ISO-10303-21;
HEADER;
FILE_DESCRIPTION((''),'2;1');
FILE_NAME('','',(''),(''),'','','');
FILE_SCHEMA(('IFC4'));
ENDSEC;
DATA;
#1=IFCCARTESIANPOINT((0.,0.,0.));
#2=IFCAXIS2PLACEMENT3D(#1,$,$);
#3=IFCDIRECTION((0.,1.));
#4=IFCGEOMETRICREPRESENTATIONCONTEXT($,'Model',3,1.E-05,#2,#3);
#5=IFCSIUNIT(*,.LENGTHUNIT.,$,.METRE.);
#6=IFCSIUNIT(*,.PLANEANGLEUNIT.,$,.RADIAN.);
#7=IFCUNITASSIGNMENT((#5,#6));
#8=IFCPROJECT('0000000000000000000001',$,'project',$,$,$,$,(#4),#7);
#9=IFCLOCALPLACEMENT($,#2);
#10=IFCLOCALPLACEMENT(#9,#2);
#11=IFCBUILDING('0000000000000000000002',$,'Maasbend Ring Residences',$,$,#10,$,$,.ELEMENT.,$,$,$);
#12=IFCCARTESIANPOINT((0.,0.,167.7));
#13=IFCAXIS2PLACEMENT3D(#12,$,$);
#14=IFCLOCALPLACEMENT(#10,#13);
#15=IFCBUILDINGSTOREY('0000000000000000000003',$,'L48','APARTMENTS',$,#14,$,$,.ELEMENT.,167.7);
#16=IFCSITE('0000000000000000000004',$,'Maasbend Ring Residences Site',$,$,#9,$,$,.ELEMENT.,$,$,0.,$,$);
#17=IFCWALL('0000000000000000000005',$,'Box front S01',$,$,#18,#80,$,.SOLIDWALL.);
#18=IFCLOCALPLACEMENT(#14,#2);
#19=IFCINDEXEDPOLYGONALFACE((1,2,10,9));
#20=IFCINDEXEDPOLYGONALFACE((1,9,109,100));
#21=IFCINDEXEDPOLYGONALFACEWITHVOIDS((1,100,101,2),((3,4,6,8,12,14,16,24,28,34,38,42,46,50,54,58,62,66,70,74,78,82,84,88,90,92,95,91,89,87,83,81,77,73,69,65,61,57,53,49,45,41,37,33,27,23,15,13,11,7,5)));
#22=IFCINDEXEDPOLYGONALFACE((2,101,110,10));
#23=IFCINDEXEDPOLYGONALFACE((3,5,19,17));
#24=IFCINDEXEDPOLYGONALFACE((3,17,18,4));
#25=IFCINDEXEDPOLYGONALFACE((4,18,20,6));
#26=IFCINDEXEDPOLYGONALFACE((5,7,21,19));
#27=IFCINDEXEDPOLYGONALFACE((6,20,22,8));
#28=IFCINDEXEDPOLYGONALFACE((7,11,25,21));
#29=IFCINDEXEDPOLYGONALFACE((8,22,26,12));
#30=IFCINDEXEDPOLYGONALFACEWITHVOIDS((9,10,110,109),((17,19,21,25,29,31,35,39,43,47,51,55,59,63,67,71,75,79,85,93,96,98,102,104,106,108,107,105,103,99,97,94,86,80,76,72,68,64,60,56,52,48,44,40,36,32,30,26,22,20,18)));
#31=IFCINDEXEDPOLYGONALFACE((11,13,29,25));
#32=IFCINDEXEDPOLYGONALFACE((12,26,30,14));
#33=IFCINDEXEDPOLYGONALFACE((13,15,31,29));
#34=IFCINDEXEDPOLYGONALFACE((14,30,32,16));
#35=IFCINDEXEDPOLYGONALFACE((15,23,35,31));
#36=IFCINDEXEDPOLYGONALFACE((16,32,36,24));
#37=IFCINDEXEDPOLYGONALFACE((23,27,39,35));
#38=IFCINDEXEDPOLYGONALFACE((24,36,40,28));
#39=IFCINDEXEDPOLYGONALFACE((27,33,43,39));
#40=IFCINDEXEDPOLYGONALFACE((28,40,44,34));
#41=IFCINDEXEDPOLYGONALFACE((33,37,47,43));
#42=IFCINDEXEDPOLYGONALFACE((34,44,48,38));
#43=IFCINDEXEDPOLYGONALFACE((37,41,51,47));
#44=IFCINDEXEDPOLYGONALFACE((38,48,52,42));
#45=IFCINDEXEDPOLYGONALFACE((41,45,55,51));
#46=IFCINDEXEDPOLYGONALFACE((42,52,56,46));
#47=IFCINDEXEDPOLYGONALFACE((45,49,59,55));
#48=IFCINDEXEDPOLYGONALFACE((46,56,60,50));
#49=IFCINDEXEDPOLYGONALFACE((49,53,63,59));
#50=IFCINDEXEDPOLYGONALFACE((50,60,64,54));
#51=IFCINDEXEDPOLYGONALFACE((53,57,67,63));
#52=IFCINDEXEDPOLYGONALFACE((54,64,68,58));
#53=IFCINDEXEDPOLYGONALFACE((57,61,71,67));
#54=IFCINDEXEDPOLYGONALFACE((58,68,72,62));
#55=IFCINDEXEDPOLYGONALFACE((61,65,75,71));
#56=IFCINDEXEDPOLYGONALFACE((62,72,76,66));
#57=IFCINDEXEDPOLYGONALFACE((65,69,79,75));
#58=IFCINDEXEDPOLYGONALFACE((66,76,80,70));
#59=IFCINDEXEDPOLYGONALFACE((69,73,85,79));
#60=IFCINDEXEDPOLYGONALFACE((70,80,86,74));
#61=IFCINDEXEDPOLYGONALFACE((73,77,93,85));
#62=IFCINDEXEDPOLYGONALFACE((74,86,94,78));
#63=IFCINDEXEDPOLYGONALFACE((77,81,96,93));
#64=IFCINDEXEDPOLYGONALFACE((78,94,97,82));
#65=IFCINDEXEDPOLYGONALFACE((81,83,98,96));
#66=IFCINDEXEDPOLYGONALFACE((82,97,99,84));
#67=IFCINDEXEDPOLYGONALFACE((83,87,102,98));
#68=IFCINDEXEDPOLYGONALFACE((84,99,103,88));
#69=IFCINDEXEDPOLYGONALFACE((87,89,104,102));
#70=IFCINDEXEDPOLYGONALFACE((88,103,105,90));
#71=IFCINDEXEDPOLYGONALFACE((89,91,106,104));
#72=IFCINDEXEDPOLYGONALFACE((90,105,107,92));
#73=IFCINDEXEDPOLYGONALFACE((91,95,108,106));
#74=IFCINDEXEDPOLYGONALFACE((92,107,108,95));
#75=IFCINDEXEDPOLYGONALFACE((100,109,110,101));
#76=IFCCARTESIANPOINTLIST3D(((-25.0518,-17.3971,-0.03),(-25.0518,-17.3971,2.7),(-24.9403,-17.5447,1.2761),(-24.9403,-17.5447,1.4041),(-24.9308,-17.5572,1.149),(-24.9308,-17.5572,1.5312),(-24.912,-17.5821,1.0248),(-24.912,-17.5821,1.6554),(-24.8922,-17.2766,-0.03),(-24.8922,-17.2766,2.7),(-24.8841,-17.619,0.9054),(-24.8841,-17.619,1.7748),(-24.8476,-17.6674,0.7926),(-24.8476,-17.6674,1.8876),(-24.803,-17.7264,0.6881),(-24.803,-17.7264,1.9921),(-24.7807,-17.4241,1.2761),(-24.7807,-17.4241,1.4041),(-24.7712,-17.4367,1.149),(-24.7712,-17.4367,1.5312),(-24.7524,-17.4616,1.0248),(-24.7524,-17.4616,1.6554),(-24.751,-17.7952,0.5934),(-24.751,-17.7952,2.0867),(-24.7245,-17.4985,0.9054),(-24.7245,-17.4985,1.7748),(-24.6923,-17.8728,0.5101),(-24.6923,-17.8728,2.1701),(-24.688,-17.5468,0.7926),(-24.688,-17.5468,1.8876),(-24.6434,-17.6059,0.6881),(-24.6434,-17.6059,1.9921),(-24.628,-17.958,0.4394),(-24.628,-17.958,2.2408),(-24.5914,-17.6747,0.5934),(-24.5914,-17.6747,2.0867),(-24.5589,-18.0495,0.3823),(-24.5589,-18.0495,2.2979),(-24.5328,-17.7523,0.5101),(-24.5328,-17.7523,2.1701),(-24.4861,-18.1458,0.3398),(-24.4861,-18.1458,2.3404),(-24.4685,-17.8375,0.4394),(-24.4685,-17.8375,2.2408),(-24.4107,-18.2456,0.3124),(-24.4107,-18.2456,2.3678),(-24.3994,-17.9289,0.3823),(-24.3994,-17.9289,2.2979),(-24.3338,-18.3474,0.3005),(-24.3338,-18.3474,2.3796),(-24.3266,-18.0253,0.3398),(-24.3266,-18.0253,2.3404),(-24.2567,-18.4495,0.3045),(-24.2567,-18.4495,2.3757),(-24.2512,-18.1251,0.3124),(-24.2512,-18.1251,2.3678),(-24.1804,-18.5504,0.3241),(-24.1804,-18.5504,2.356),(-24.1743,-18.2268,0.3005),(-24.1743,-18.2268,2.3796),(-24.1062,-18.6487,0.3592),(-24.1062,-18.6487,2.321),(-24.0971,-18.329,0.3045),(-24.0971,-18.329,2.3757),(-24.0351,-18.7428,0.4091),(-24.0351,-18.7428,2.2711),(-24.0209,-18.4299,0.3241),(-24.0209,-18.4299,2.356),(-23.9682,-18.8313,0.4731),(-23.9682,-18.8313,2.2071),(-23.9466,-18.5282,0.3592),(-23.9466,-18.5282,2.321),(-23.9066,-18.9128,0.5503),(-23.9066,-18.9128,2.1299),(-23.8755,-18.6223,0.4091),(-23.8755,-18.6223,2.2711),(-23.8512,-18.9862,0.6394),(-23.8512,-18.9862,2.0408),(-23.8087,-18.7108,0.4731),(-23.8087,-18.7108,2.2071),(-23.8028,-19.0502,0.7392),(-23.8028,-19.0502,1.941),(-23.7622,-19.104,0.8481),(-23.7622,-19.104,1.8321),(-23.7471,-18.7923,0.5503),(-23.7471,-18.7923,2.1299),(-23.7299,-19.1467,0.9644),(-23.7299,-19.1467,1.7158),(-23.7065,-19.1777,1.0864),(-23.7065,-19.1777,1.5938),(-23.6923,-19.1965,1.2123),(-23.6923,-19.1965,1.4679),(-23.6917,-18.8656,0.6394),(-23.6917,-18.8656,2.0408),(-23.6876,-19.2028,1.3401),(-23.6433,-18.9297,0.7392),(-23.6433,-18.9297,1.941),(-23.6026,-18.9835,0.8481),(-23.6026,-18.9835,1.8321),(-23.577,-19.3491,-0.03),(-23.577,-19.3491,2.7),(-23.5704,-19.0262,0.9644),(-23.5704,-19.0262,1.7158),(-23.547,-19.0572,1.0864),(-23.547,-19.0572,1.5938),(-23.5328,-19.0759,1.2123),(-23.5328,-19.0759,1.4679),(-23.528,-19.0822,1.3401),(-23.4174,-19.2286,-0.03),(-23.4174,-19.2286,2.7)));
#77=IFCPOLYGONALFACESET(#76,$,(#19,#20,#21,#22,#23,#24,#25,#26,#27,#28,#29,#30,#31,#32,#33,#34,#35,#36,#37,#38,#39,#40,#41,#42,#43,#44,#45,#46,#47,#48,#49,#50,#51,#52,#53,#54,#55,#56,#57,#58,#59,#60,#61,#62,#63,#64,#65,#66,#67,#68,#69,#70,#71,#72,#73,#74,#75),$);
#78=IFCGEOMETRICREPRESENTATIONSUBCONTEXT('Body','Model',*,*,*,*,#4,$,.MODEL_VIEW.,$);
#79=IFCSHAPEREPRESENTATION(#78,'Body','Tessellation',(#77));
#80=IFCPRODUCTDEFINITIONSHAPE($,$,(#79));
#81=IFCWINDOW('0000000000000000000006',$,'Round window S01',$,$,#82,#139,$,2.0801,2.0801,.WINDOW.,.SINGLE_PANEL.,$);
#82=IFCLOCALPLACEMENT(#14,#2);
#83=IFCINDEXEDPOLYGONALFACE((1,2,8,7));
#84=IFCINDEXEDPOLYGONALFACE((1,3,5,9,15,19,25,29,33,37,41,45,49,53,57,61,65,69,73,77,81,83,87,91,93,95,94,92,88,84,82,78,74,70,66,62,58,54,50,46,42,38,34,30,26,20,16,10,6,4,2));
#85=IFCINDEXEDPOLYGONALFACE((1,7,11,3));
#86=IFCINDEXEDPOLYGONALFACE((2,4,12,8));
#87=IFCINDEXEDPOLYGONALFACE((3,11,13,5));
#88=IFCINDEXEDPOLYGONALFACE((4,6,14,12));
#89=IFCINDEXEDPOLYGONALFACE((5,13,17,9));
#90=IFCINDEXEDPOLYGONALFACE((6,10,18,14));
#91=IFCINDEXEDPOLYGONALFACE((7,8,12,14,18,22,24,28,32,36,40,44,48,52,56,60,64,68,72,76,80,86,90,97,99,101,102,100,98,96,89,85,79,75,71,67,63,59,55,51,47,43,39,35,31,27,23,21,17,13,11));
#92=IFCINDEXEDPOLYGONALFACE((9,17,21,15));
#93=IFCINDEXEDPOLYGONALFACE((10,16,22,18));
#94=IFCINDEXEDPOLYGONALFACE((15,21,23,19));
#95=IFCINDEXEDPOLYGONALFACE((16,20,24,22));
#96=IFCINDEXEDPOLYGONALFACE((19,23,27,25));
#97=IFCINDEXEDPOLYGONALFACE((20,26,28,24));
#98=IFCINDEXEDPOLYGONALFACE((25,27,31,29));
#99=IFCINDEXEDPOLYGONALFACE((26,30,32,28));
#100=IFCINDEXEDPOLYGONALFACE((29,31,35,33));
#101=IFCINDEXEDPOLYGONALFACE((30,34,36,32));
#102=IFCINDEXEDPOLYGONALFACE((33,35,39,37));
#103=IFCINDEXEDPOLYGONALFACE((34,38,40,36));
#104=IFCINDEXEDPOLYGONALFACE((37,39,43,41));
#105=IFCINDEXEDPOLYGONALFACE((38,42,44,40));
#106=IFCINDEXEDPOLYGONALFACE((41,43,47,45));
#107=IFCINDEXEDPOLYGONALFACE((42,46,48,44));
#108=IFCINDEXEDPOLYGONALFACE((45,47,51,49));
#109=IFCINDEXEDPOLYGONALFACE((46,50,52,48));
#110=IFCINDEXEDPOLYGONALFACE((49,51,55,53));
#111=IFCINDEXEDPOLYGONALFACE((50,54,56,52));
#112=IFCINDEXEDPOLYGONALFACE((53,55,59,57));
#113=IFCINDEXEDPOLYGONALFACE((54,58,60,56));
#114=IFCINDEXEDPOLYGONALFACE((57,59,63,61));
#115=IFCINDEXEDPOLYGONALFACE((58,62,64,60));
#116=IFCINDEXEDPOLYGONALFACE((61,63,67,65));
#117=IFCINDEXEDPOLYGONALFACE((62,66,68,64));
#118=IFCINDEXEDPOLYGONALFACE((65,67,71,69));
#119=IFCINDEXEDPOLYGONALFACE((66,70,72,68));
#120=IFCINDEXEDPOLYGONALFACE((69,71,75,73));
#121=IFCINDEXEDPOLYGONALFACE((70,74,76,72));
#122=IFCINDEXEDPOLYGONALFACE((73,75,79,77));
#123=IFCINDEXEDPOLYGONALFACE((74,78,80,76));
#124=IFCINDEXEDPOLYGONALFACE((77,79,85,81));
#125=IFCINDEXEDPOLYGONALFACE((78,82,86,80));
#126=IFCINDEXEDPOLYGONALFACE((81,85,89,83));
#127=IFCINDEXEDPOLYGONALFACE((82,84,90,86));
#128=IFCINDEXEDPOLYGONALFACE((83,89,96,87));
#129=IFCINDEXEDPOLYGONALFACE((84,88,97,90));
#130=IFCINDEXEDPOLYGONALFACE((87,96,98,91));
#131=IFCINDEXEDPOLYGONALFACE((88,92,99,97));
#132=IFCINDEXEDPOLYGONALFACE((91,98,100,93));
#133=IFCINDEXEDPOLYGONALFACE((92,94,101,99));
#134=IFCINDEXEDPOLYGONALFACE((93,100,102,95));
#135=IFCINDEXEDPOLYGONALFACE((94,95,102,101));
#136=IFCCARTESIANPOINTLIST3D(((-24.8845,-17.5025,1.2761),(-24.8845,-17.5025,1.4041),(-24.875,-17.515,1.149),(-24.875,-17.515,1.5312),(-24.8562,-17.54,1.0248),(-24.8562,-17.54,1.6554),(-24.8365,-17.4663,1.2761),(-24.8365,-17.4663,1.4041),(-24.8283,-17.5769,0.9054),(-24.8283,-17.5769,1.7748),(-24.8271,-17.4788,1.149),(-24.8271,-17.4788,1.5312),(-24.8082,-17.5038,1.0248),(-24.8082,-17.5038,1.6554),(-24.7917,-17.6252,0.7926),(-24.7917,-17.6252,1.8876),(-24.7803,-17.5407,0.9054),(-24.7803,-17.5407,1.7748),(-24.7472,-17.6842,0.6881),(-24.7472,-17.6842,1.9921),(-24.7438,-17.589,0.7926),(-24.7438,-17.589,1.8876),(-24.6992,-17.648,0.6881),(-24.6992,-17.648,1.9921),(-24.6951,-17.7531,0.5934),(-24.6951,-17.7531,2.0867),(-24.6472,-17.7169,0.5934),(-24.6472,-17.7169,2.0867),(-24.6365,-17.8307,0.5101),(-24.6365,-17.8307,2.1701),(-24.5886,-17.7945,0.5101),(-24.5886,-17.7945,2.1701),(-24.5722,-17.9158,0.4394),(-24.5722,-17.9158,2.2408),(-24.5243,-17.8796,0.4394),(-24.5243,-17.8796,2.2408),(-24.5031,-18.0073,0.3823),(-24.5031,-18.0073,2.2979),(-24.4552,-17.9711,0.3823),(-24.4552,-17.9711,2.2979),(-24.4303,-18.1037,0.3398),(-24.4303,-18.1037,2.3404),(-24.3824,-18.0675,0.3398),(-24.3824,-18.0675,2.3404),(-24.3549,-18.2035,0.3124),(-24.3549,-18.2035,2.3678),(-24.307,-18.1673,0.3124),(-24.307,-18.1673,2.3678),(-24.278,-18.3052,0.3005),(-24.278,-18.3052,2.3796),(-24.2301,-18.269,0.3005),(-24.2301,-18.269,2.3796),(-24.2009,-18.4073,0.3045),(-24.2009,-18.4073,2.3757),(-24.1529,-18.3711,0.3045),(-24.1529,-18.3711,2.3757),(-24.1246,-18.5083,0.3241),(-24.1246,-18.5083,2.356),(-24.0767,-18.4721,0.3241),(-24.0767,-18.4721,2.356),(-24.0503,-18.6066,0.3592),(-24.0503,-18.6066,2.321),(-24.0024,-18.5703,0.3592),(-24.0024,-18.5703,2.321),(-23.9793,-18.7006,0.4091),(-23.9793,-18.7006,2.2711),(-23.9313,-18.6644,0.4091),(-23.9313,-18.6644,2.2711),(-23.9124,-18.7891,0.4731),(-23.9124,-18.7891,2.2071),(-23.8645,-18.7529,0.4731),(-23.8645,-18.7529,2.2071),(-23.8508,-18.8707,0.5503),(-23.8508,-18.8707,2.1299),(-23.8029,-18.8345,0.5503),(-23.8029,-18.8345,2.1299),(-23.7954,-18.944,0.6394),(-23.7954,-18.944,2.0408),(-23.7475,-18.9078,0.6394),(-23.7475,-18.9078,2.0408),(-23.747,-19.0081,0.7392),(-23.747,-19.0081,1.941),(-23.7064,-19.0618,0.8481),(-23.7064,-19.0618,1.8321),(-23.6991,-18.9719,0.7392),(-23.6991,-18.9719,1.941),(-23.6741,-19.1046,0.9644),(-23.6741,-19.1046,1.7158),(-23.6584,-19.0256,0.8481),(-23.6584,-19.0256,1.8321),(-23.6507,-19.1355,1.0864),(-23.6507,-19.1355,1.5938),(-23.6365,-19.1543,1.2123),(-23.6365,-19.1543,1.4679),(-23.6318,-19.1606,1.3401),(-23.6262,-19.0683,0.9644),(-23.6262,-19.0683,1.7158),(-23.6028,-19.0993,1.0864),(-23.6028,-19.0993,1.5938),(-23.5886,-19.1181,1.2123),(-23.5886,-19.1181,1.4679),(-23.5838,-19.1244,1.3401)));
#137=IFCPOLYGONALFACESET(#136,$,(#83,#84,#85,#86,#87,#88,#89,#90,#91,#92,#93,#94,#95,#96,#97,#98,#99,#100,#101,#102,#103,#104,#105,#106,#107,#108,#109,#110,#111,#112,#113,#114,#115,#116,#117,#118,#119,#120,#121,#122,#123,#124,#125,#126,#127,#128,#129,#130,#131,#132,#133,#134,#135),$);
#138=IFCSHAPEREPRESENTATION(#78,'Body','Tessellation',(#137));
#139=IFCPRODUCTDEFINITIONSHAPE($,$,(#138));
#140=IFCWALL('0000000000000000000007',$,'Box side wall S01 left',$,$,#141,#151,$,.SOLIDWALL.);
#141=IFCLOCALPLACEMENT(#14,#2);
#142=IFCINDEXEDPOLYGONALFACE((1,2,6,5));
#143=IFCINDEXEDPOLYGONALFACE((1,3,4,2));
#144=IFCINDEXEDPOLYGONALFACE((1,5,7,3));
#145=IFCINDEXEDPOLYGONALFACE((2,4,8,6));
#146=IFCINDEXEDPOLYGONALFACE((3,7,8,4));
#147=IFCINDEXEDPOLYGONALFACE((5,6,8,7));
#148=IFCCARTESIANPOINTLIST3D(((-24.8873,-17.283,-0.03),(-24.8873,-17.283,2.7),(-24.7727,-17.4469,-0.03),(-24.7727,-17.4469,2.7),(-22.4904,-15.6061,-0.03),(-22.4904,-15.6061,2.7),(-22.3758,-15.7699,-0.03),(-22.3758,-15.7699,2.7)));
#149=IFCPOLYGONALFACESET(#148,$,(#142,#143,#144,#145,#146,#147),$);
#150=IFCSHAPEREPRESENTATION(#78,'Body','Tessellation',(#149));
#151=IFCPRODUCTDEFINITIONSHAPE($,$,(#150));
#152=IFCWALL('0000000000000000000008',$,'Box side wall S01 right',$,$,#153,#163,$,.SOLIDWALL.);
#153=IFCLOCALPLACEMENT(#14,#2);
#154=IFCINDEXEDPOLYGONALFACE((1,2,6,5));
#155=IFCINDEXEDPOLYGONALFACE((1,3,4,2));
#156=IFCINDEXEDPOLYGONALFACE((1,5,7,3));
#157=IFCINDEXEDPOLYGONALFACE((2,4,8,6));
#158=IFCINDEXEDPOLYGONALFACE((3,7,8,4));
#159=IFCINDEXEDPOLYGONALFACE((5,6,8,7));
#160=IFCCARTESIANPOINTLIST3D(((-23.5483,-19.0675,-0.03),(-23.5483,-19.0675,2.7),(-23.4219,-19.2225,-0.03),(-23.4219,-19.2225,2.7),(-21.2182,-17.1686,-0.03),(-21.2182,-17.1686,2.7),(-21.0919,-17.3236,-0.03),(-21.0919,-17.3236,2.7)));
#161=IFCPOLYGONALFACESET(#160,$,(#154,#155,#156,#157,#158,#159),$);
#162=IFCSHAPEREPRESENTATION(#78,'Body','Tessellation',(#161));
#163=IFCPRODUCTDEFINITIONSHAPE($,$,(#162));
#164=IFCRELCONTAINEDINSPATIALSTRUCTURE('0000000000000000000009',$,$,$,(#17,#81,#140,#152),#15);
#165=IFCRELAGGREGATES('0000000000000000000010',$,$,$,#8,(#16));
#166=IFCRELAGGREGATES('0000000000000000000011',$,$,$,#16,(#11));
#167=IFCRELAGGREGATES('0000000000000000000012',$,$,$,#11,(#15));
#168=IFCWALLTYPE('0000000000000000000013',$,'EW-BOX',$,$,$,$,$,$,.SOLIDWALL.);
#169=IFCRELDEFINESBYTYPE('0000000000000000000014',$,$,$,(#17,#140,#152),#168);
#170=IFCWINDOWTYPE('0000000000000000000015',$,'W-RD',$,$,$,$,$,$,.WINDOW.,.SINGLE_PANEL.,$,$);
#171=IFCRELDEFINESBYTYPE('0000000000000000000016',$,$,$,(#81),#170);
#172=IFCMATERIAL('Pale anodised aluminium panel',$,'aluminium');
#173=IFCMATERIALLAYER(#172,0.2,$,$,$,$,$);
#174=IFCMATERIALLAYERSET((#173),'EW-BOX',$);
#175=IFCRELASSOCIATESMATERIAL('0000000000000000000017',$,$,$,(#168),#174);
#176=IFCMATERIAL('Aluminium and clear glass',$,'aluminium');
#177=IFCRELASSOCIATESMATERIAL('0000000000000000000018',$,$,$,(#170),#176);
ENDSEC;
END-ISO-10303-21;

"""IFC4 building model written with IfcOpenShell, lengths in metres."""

from ifc_helpers import new_model, si_unit, direction, frame, frame_2d, origin, place, context, subcontext, project, spatial, rectangle, circle, extrude, material, layer, layer_set, type_object, element, fill, save


model = new_model("IFC4")

# Units and contexts
model_context = context("Model", 3, precision=1e-05, world=origin(), true_north=direction((0.0, 1.0)))
body_context = subcontext(model_context, "Body", "Model", "MODEL_VIEW")
ifc_project = project(units=[si_unit("LENGTHUNIT", "METRE"), si_unit("PLANEANGLEUNIT", "RADIAN")], contexts=[model_context])

# Site, building, storey
site_placement = place(None, origin())
site = spatial("IfcSite", under=ifc_project, at=site_placement, Name="Maasbend Ring Residences Site", CompositionType="ELEMENT", RefElevation=0.0)
building_placement = place(site_placement, origin())
building = spatial("IfcBuilding", under=site, at=building_placement, Name="Maasbend Ring Residences", CompositionType="ELEMENT")
storey_placement = place(building_placement, frame((0.0, 0.0, 167.7)))
storey = spatial("IfcBuildingStorey", under=building, at=storey_placement, Name="L48", Description="APARTMENTS", CompositionType="ELEMENT", Elevation=167.7)

# Wall, opening, window
ifc_material_1 = material(Name="Pale anodised aluminium panel", Category="aluminium")
ifc_layer_1 = layer(ifc_material_1, 0.2)
ifc_layer_set_1 = layer_set([ifc_layer_1], Name="EW-BOX")
wall_type_1 = type_object("IfcWallType", Name="EW-BOX", PredefinedType="SOLIDWALL", material=ifc_layer_set_1)
wall_1_placement = place(storey_placement, frame((-24.9719, -17.3369, -0.03), z_axis=(0.0, 0.0, 1.0), x_axis=(0.602806, -0.797888, 0.0)))
wall_1 = element("IfcWall", 1, at=wall_1_placement, inside=storey, type_object=wall_type_1, Name="Box front S01", PredefinedType="SOLIDWALL", context=body_context, shape_type="SweptSolid", body=[
    extrude(rectangle(XDim=2.4465, YDim=0.2, at=frame_2d((1.2231, 0.0))), origin(), (0.0, 0.0, 1.0), 2.73),
])
opening_1_placement = place(wall_1_placement, frame((0.1829, 0.0, 0.3301)))
opening_1 = element("IfcOpeningElement", 2, at=opening_1_placement, cuts=wall_1, PredefinedType="OPENING", context=body_context, shape_type="SweptSolid", body=[
    extrude(circle(Radius=1.04, at=frame_2d((1.04, 1.04))), frame((0.0, 0.1099, 0.0), z_axis=(0.0, -1.0, 0.0), x_axis=(1.0, 0.0, 0.0)), (0.0, 0.0, 1.0), 0.22),
])
ifc_material_2 = material(Name="Aluminium and clear glass", Category="aluminium")
window_type_1 = type_object("IfcWindowType", Name="W-RD", PartitioningType="SINGLE_PANEL", PredefinedType="WINDOW", material=ifc_material_2)
window_1_placement = place(opening_1_placement, origin())
window_1 = element("IfcWindow", 3, at=window_1_placement, inside=storey, type_object=window_type_1, Name="Round window S01", OverallHeight=2.0801, OverallWidth=2.0801, PartitioningType="SINGLE_PANEL", PredefinedType="WINDOW", context=body_context, shape_type="SweptSolid", body=[
    extrude(circle(Radius=1.04, at=frame_2d((1.04, 1.04))), frame((0.0, 0.03, 0.0), z_axis=(0.0, -1.0, 0.0), x_axis=(1.0, 0.0, 0.0)), (0.0, 0.0, 1.0), 0.0601),
])
fill(opening_1, window_1)

# Walls
wall_2_placement = place(storey_placement, frame((-22.4331, -15.688, -0.03), z_axis=(0.0, 0.0, 1.0), x_axis=(-0.819373, -0.573261, 0.0)))
element("IfcWall", 4, at=wall_2_placement, inside=storey, type_object=wall_type_1, Name="Box side wall S01 left", PredefinedType="SOLIDWALL", context=body_context, shape_type="SweptSolid", body=[
    extrude(rectangle(XDim=2.9253, YDim=0.2, at=frame_2d((1.4626, 0.0))), origin(), (0.0, 0.0, 1.0), 2.73),
])
wall_3_placement = place(storey_placement, frame((-21.155, -17.2461, -0.03), z_axis=(0.0, 0.0, 1.0), x_axis=(-0.775179, -0.631742, 0.0)))
element("IfcWall", 5, at=wall_3_placement, inside=storey, type_object=wall_type_1, Name="Box side wall S01 right", PredefinedType="SOLIDWALL", context=body_context, shape_type="SweptSolid", body=[
    extrude(rectangle(XDim=3.0059, YDim=0.2, at=frame_2d((1.5029, 0.0))), origin(), (0.0, 0.0, 1.0), 2.73),
])

save(model, "model.ifc")
